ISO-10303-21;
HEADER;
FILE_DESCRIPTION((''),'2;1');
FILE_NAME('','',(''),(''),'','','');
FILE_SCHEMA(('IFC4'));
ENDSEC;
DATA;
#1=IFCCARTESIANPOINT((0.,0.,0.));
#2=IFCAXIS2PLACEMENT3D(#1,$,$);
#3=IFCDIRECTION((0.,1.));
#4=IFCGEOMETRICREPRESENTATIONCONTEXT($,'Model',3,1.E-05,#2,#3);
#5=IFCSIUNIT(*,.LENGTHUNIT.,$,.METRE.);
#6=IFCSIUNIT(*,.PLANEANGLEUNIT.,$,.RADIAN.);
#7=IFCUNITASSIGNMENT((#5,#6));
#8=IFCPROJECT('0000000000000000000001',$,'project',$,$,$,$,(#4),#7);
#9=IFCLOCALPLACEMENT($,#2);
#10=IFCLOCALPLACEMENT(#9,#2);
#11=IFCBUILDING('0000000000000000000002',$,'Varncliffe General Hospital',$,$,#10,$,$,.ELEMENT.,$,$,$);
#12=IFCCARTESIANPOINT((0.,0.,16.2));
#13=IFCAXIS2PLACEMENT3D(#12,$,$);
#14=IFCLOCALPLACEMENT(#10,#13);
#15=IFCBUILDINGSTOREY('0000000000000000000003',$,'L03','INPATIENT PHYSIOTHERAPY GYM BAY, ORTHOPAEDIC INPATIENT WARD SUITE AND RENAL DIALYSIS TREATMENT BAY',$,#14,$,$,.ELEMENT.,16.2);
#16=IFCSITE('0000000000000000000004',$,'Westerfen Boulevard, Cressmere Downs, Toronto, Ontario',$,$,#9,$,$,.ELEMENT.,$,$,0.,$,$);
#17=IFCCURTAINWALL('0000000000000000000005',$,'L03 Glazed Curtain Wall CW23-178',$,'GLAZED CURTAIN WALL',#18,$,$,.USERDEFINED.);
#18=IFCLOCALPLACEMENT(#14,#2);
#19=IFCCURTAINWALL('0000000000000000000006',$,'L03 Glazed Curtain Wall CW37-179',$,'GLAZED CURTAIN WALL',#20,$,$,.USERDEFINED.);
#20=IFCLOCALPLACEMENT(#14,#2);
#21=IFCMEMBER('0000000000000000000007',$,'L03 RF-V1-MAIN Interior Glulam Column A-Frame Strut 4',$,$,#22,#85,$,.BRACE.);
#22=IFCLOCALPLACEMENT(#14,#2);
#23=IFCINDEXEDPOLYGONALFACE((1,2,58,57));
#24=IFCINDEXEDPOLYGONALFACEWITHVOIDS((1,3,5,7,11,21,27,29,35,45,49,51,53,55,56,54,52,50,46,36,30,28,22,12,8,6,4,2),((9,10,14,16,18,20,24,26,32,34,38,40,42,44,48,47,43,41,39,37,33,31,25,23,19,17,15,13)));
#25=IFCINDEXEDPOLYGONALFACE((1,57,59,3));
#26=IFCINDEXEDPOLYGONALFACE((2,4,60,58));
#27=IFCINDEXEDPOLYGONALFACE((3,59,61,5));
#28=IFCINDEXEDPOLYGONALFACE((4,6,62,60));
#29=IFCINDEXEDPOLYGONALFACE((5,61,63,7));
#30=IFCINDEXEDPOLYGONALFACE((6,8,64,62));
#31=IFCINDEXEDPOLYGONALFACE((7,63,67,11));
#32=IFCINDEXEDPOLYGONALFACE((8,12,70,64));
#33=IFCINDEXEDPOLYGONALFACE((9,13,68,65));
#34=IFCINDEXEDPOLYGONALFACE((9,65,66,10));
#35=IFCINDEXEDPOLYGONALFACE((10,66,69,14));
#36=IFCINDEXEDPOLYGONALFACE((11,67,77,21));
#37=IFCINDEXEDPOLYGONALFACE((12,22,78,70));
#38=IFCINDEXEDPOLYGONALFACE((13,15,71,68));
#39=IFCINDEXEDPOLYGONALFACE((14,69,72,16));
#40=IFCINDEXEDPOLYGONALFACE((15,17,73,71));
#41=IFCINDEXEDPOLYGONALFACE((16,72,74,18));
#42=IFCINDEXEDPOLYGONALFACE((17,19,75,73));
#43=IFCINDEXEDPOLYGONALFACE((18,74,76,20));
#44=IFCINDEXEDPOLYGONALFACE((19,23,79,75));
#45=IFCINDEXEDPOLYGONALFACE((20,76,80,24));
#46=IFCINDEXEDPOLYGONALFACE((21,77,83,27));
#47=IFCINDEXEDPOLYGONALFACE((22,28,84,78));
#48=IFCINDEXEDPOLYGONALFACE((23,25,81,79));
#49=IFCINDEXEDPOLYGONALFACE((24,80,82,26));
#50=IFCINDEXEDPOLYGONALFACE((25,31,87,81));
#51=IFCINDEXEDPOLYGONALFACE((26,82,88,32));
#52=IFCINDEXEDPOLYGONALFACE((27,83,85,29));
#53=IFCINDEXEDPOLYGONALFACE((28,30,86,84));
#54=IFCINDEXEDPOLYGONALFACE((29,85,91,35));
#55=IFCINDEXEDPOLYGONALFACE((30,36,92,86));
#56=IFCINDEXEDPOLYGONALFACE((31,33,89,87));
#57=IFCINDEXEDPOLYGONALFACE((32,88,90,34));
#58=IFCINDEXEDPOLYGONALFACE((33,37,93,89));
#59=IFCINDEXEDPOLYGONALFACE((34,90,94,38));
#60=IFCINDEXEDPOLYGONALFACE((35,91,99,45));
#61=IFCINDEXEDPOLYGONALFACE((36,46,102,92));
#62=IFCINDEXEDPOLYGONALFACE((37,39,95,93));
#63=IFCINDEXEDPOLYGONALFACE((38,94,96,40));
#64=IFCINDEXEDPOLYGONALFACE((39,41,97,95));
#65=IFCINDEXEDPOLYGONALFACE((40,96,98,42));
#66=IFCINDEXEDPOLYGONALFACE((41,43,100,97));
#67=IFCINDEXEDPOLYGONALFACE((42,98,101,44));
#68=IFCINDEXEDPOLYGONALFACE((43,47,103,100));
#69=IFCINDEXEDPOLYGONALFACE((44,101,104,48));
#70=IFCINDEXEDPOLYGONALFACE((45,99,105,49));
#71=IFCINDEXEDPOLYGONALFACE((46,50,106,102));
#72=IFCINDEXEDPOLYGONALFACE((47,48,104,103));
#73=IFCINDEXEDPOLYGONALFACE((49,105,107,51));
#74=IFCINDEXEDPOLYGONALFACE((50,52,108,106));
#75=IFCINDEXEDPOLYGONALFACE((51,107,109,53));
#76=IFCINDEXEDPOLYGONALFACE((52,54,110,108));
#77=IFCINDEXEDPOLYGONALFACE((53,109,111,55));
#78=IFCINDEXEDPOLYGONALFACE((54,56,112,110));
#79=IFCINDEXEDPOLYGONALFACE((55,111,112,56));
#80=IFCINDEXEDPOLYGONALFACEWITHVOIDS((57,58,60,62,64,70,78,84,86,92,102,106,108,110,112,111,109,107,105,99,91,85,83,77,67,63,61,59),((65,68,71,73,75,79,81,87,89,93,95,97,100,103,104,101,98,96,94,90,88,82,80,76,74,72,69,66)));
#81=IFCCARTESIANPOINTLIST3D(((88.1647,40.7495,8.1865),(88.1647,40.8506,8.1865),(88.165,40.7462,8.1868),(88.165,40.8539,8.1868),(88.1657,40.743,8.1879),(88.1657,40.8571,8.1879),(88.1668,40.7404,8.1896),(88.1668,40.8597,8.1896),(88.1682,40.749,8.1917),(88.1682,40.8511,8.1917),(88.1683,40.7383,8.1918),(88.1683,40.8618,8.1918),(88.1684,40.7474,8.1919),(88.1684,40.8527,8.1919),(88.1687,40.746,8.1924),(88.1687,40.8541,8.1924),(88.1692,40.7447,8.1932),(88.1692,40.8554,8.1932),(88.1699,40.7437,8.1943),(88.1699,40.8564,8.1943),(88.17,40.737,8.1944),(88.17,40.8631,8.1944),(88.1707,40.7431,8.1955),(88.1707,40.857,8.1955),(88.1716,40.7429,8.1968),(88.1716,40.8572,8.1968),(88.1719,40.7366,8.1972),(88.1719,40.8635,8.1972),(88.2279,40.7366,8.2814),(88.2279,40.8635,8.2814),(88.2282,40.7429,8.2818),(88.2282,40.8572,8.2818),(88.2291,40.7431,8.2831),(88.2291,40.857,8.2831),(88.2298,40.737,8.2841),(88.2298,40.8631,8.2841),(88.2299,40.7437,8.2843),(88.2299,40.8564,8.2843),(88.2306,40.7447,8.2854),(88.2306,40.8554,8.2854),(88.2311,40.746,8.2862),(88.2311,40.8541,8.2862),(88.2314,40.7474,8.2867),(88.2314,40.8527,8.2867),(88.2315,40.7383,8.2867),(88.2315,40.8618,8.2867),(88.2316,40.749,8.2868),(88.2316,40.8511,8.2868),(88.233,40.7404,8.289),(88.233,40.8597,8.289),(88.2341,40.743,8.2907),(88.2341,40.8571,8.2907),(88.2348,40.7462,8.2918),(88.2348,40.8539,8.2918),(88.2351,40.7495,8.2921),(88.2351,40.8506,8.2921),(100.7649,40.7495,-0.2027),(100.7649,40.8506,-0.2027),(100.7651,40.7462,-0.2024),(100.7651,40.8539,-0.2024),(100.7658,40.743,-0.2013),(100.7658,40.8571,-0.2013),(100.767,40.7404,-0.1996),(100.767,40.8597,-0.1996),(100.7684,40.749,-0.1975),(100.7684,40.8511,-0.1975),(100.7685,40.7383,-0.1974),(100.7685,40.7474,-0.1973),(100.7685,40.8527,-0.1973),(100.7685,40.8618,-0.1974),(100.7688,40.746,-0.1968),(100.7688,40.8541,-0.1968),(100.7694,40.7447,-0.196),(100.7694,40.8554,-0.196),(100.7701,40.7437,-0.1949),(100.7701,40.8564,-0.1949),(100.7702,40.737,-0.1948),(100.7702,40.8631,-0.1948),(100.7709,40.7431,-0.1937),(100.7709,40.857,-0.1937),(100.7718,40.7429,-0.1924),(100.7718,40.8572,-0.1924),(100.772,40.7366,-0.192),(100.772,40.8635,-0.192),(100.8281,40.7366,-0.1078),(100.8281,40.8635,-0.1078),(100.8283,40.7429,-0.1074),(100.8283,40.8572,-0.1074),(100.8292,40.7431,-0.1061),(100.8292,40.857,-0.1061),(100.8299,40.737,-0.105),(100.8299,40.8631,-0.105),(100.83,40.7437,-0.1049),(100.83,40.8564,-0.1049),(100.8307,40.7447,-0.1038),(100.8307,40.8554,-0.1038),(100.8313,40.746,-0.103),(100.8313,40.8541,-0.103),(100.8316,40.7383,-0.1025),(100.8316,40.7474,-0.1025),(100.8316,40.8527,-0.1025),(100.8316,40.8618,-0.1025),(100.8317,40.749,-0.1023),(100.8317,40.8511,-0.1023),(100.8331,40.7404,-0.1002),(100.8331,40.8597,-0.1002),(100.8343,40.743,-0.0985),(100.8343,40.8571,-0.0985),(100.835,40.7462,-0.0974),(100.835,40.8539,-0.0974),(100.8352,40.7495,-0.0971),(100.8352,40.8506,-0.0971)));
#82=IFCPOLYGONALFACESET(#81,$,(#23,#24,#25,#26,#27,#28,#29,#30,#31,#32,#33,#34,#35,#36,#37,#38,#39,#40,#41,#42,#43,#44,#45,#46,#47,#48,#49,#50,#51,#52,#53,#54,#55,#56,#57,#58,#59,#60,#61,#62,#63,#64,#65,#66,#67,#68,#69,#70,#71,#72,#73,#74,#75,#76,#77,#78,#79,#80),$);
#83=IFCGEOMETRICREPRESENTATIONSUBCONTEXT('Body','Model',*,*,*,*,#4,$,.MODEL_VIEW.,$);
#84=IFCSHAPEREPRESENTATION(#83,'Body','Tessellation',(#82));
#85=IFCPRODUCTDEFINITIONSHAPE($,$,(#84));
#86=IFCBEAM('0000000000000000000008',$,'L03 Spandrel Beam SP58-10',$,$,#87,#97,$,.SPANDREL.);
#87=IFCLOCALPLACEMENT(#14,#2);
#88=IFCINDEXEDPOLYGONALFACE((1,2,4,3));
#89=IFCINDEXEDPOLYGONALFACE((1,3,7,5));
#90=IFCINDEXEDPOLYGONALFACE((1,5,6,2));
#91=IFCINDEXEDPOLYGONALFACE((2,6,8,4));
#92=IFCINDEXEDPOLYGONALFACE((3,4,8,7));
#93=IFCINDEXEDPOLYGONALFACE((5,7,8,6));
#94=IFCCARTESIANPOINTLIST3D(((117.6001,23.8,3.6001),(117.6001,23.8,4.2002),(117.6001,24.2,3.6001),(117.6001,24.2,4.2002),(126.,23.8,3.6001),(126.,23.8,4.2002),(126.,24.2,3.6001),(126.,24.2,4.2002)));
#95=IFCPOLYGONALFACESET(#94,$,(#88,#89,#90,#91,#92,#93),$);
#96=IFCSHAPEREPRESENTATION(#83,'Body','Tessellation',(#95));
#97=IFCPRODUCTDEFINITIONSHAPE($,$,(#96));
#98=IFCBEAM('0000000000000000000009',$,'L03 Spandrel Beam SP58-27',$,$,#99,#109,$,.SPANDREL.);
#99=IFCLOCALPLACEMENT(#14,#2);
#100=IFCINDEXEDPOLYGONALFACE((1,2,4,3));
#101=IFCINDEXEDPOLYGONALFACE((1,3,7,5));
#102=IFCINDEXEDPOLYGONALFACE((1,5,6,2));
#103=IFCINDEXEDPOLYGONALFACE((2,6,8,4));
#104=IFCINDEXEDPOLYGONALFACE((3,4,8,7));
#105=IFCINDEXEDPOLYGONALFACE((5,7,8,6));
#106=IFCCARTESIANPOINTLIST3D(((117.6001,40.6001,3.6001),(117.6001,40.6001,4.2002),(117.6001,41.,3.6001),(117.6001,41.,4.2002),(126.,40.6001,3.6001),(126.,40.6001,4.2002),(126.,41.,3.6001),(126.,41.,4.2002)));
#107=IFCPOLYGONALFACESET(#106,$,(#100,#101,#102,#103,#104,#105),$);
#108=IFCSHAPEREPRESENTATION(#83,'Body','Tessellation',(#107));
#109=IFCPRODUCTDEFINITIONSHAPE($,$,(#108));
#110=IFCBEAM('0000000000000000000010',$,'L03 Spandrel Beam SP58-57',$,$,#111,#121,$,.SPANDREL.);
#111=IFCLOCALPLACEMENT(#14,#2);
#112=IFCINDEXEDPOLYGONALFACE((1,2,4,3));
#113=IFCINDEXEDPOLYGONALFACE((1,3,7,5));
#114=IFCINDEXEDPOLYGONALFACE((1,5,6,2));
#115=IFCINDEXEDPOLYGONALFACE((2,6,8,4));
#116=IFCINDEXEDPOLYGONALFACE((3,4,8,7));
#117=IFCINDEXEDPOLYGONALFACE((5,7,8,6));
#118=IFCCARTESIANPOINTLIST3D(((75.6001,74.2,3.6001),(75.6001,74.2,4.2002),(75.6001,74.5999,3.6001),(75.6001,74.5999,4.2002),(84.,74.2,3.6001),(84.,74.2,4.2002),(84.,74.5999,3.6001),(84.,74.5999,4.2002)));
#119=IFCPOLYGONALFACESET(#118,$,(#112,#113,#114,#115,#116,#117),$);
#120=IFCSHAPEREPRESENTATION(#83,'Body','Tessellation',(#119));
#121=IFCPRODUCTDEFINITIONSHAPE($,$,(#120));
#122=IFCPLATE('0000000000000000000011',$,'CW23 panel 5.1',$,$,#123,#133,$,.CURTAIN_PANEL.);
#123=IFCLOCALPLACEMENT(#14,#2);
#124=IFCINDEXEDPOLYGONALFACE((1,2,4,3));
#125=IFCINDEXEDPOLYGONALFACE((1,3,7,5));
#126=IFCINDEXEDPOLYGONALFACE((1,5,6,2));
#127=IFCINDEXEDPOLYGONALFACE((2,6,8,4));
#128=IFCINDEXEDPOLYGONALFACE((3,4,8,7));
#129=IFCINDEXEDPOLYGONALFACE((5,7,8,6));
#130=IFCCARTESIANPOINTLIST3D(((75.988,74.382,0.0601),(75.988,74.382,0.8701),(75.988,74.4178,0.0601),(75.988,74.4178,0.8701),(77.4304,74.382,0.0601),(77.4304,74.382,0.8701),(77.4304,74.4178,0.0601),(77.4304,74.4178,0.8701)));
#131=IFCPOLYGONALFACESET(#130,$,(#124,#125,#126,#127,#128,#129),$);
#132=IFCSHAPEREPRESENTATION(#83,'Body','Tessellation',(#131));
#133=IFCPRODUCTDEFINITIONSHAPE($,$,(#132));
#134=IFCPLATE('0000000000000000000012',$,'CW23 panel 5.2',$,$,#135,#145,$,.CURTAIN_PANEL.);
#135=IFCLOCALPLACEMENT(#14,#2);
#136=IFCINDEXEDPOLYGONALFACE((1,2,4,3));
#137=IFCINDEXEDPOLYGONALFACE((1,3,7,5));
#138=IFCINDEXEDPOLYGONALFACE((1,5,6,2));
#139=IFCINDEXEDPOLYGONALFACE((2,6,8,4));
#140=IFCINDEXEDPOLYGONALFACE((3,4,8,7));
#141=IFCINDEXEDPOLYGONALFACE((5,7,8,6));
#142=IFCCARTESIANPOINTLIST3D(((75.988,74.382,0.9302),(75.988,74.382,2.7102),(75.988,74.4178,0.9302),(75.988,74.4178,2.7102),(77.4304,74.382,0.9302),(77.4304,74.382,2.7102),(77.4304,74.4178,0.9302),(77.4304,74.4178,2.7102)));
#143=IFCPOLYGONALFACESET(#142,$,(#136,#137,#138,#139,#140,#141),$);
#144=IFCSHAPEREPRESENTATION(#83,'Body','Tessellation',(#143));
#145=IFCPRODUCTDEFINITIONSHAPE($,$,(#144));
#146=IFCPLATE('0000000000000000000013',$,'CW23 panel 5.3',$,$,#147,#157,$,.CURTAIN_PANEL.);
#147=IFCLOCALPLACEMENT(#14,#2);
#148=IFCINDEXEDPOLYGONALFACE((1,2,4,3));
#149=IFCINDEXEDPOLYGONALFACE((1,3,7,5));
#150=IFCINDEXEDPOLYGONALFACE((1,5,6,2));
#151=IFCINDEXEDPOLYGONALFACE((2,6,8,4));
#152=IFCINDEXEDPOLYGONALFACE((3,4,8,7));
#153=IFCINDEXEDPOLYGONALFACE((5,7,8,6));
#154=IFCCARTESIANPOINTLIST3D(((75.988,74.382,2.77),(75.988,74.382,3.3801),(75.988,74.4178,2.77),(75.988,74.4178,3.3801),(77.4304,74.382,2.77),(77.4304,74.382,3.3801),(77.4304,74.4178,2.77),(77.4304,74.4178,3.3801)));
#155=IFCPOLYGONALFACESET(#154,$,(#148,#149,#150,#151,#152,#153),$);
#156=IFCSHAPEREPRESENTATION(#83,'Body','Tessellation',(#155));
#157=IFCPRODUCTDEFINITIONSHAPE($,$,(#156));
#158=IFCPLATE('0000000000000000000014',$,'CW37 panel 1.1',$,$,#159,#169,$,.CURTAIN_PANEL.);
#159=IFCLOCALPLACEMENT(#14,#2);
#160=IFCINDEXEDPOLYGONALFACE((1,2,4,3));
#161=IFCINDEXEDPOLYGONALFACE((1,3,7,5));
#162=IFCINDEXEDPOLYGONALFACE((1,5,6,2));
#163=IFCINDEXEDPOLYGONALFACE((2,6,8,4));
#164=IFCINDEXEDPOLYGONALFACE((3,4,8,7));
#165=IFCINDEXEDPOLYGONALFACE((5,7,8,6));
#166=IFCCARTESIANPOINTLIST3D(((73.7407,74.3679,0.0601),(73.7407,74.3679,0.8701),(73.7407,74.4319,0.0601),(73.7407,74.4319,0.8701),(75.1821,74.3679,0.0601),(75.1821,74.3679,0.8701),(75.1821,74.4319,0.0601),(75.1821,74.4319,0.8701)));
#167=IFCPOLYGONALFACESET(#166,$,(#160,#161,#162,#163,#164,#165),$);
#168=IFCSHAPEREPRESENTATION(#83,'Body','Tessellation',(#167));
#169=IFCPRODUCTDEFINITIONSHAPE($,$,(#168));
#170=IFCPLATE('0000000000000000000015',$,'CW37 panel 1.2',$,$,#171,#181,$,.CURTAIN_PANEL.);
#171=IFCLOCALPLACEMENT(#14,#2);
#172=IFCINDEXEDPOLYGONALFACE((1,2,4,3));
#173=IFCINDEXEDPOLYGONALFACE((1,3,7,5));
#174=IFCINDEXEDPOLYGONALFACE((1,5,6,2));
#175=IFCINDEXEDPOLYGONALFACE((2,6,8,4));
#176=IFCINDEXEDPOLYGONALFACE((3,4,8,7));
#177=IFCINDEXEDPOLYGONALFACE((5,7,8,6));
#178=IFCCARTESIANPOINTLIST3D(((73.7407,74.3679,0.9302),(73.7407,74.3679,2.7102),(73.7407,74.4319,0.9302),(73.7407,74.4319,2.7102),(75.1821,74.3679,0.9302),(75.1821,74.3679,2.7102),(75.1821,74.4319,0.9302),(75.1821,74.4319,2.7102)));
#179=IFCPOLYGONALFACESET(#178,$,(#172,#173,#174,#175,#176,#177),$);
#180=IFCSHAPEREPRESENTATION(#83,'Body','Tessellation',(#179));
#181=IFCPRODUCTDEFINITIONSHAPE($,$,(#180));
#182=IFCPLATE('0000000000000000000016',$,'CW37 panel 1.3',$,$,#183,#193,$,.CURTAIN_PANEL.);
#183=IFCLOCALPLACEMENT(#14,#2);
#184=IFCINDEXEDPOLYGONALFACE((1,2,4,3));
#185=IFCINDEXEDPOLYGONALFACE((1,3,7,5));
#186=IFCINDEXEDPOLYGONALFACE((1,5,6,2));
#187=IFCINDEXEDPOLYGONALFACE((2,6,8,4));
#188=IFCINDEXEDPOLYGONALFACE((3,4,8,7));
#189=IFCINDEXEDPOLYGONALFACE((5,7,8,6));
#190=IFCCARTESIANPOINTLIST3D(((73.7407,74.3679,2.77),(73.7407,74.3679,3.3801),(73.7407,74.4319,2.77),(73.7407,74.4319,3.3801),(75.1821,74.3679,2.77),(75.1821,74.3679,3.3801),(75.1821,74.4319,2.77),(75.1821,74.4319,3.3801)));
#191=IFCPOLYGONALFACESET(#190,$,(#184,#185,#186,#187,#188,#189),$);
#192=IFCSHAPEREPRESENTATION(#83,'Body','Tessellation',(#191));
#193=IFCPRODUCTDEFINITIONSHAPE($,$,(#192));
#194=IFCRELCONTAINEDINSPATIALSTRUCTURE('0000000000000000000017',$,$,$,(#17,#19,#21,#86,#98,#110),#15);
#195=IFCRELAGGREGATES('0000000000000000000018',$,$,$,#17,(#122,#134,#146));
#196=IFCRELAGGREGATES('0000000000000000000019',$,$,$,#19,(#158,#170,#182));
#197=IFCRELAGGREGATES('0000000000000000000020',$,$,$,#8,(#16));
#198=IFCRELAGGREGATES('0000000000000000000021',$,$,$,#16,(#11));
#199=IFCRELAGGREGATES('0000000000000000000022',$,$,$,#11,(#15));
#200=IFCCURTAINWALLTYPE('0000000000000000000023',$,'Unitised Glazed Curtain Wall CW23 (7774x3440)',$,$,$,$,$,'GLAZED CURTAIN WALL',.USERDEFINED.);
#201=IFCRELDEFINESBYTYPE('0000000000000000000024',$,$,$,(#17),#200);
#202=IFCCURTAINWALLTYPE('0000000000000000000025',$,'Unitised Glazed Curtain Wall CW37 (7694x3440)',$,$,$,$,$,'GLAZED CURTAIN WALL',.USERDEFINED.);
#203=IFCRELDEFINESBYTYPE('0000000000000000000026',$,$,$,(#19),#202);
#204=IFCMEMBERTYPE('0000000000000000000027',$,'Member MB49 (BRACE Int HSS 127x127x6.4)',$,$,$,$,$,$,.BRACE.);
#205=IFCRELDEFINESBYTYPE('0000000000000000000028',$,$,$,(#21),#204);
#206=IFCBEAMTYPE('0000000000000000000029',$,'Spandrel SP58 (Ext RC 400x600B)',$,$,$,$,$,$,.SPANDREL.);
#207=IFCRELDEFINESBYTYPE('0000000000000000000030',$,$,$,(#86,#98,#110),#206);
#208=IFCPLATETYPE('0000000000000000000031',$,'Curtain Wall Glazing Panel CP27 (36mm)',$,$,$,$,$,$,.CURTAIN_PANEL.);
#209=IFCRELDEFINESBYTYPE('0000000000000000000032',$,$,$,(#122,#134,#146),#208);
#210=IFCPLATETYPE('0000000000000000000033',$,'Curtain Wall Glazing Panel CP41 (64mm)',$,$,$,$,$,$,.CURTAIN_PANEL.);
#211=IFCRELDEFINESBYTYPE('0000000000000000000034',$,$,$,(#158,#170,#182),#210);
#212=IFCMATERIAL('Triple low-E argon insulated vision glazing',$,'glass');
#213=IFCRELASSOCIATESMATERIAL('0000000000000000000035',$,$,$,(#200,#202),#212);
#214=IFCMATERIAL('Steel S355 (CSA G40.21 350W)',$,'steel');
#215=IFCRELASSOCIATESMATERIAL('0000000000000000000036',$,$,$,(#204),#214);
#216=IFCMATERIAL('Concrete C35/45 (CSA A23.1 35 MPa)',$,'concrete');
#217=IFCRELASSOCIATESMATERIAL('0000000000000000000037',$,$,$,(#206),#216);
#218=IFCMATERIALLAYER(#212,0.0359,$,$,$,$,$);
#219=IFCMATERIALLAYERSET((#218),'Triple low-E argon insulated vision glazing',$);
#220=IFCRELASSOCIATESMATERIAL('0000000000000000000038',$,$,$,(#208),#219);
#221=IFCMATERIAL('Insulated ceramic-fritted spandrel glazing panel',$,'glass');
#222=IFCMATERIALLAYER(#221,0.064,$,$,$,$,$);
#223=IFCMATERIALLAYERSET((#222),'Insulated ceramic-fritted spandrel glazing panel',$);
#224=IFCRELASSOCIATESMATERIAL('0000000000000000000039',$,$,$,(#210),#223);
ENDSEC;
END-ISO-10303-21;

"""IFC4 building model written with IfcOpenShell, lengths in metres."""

from ifc_helpers import new_model, si_unit, direction, frame, origin, origin_2d, place, context, subcontext, project, spatial, rectangle, hollow_rectangle, extrude, material, layer, layer_set, material_profile, profile_set, type_object, element, aggregate, save


model = new_model("IFC4")

# Units and contexts
model_context = context("Model", 3, precision=1e-05, world=origin(), true_north=direction((0.0, 1.0)))
body_context = subcontext(model_context, "Body", "Model", "MODEL_VIEW")
ifc_project = project(units=[si_unit("LENGTHUNIT", "METRE"), si_unit("PLANEANGLEUNIT", "RADIAN")], contexts=[model_context])

# Site, building, storey
site_placement = place(None, origin())
site = spatial("IfcSite", under=ifc_project, at=site_placement, Name="Westerfen Boulevard, Cressmere Downs, Toronto, Ontario", CompositionType="ELEMENT", RefElevation=0.0)
building_placement = place(site_placement, origin())
building = spatial("IfcBuilding", under=site, at=building_placement, Name="Varncliffe General Hospital", CompositionType="ELEMENT")
storey_placement = place(building_placement, frame((0.0, 0.0, 16.2)))
storey = spatial("IfcBuildingStorey", under=building, at=storey_placement, Name="L03", Description="INPATIENT PHYSIOTHERAPY GYM BAY, ORTHOPAEDIC INPATIENT WARD SUITE AND RENAL DIALYSIS TREATMENT BAY", CompositionType="ELEMENT", Elevation=16.2)

# Shared definitions
ifc_material_1 = material(Name="Concrete C35/45 (CSA A23.1 35 MPa)", Category="concrete")

# Curtain wall
ifc_material_2 = material(Name="Triple low-E argon insulated vision glazing", Category="glass")
curtain_wall_type_1 = type_object("IfcCurtainWallType", Name="Unitised Glazed Curtain Wall CW23 (7774x3440)", ElementType="GLAZED CURTAIN WALL", PredefinedType="USERDEFINED", material=ifc_material_2)
curtain_wall_1_placement = place(storey_placement, origin())
curtain_wall_1 = element("IfcCurtainWall", 1, at=curtain_wall_1_placement, inside=storey, type_object=curtain_wall_type_1, Name="L03 Glazed Curtain Wall CW23-178", ObjectType="GLAZED CURTAIN WALL", PredefinedType="USERDEFINED")

# Curtain wall
curtain_wall_type_2 = type_object("IfcCurtainWallType", Name="Unitised Glazed Curtain Wall CW37 (7694x3440)", ElementType="GLAZED CURTAIN WALL", PredefinedType="USERDEFINED", material=ifc_material_2)
curtain_wall_2_placement = place(storey_placement, origin())
curtain_wall_2 = element("IfcCurtainWall", 2, at=curtain_wall_2_placement, inside=storey, type_object=curtain_wall_type_2, Name="L03 Glazed Curtain Wall CW37-179", ObjectType="GLAZED CURTAIN WALL", PredefinedType="USERDEFINED")

# Member
ifc_material_3 = material(Name="Steel S355 (CSA G40.21 350W)", Category="steel")
ifc_material_profile_1 = material_profile(ifc_material_3, hollow_rectangle(XDim=0.127, YDim=0.127, WallThickness=0.0063, InnerFilletRadius=0.0061, OuterFilletRadius=0.0129, at=origin_2d()), Name="HSS 127x127x6.4")
ifc_profile_set_1 = profile_set([ifc_material_profile_1], Name="Steel S355 (CSA G40.21 350W)")
member_type_1 = type_object("IfcMemberType", Name="Member MB49 (BRACE Int HSS 127x127x6.4)", PredefinedType="BRACE", material=ifc_profile_set_1)
member_1_placement = place(storey_placement, frame((100.8, 40.8, -0.1499), z_axis=(-0.832383, 0.0, 0.554201), x_axis=(0.0, -1.0, 0.0)))
element("IfcMember", 3, at=member_1_placement, inside=storey, type_object=member_type_1, Name="L03 RF-V1-MAIN Interior Glulam Column A-Frame Strut 4", PredefinedType="BRACE", context=body_context, shape_type="SweptSolid", body=[
    extrude(hollow_rectangle(XDim=0.127, YDim=0.127, WallThickness=0.0063, InnerFilletRadius=0.0061, OuterFilletRadius=0.0129, at=origin_2d()), origin(), (0.0, 0.0, 1.0), 15.1375),
])

# Beams
ifc_material_profile_2 = material_profile(ifc_material_1, rectangle(XDim=0.3999, YDim=0.6001, at=origin_2d()), Name="RC 400x600")
ifc_profile_set_2 = profile_set([ifc_material_profile_2], Name="Concrete C35/45 (CSA A23.1 35 MPa)")
beam_type_1 = type_object("IfcBeamType", Name="Spandrel SP58 (Ext RC 400x600B)", PredefinedType="SPANDREL", material=ifc_profile_set_2)
for number, where, z_axis, x_axis, name in (
    (4, (117.6001, 24.0, 3.9001), (1.0, 0.0, 0.0), (0.0, 1.0, 0.0), "L03 Spandrel Beam SP58-10"),
    (5, (117.6001, 40.8, 3.9001), (1.0, 0.0, 0.0), (0.0, 1.0, 0.0), "L03 Spandrel Beam SP58-27"),
    (6, (75.6001, 74.3999, 3.9001), (1.0, 0.0, 0.0), (0.0, 1.0, 0.0), "L03 Spandrel Beam SP58-57"),
):
    element("IfcBeam", number, at=place(storey_placement, frame(where, z_axis=z_axis, x_axis=x_axis)), inside=storey, type_object=beam_type_1, Name=name, PredefinedType="SPANDREL", context=body_context, shape_type="SweptSolid", body=[
        extrude(rectangle(XDim=0.3999, YDim=0.6001, at=origin_2d()), origin(), (0.0, 0.0, 1.0), 8.3999),
    ])

# Plates
ifc_layer_1 = layer(ifc_material_2, 0.0359)
ifc_layer_set_1 = layer_set([ifc_layer_1], Name="Triple low-E argon insulated vision glazing")
plate_type_1 = type_object("IfcPlateType", Name="Curtain Wall Glazing Panel CP27 (36mm)", PredefinedType="CURTAIN_PANEL", material=ifc_layer_set_1)
plate_1_placement = place(storey_placement, frame((76.7092, 74.3999, 0.0601), z_axis=(0.0, 0.0, 1.0), x_axis=(-1.0, 0.0, 0.0)))
plate_1 = element("IfcPlate", 7, at=plate_1_placement, type_object=plate_type_1, Name="CW23 panel 5.1", PredefinedType="CURTAIN_PANEL", context=body_context, shape_type="SweptSolid", body=[
    extrude(rectangle(XDim=1.4424, YDim=0.0359, at=origin_2d()), origin(), (0.0, 0.0, 1.0), 0.8101),
])
plate_2_placement = place(storey_placement, frame((76.7092, 74.3999, 0.9302), z_axis=(0.0, 0.0, 1.0), x_axis=(-1.0, 0.0, 0.0)))
plate_2 = element("IfcPlate", 8, at=plate_2_placement, type_object=plate_type_1, Name="CW23 panel 5.2", PredefinedType="CURTAIN_PANEL", context=body_context, shape_type="SweptSolid", body=[
    extrude(rectangle(XDim=1.4424, YDim=0.0359, at=origin_2d()), origin(), (0.0, 0.0, 1.0), 1.78),
])
plate_3_placement = place(storey_placement, frame((76.7092, 74.3999, 2.77), z_axis=(0.0, 0.0, 1.0), x_axis=(-1.0, 0.0, 0.0)))
plate_3 = element("IfcPlate", 9, at=plate_3_placement, type_object=plate_type_1, Name="CW23 panel 5.3", PredefinedType="CURTAIN_PANEL", context=body_context, shape_type="SweptSolid", body=[
    extrude(rectangle(XDim=1.4424, YDim=0.0359, at=origin_2d()), origin(), (0.0, 0.0, 1.0), 0.6101),
])
aggregate(curtain_wall_1, [plate_1, plate_2, plate_3])
ifc_material_4 = material(Name="Insulated ceramic-fritted spandrel glazing panel", Category="glass")
ifc_layer_2 = layer(ifc_material_4, 0.064)
ifc_layer_set_2 = layer_set([ifc_layer_2], Name="Insulated ceramic-fritted spandrel glazing panel")
plate_type_2 = type_object("IfcPlateType", Name="Curtain Wall Glazing Panel CP41 (64mm)", PredefinedType="CURTAIN_PANEL", material=ifc_layer_set_2)
plate_4_placement = place(storey_placement, frame((74.4614, 74.3999, 0.0601), z_axis=(0.0, 0.0, 1.0), x_axis=(-1.0, 0.0, 0.0)))
plate_4 = element("IfcPlate", 10, at=plate_4_placement, type_object=plate_type_2, Name="CW37 panel 1.1", PredefinedType="CURTAIN_PANEL", context=body_context, shape_type="SweptSolid", body=[
    extrude(rectangle(XDim=1.4414, YDim=0.064, at=origin_2d()), origin(), (0.0, 0.0, 1.0), 0.8101),
])
plate_5_placement = place(storey_placement, frame((74.4614, 74.3999, 0.9302), z_axis=(0.0, 0.0, 1.0), x_axis=(-1.0, 0.0, 0.0)))
plate_5 = element("IfcPlate", 11, at=plate_5_placement, type_object=plate_type_2, Name="CW37 panel 1.2", PredefinedType="CURTAIN_PANEL", context=body_context, shape_type="SweptSolid", body=[
    extrude(rectangle(XDim=1.4414, YDim=0.064, at=origin_2d()), origin(), (0.0, 0.0, 1.0), 1.78),
])
plate_6_placement = place(storey_placement, frame((74.4614, 74.3999, 2.77), z_axis=(0.0, 0.0, 1.0), x_axis=(-1.0, 0.0, 0.0)))
plate_6 = element("IfcPlate", 12, at=plate_6_placement, type_object=plate_type_2, Name="CW37 panel 1.3", PredefinedType="CURTAIN_PANEL", context=body_context, shape_type="SweptSolid", body=[
    extrude(rectangle(XDim=1.4414, YDim=0.064, at=origin_2d()), origin(), (0.0, 0.0, 1.0), 0.6101),
])
aggregate(curtain_wall_2, [plate_4, plate_5, plate_6])

save(model, "model.ifc")
